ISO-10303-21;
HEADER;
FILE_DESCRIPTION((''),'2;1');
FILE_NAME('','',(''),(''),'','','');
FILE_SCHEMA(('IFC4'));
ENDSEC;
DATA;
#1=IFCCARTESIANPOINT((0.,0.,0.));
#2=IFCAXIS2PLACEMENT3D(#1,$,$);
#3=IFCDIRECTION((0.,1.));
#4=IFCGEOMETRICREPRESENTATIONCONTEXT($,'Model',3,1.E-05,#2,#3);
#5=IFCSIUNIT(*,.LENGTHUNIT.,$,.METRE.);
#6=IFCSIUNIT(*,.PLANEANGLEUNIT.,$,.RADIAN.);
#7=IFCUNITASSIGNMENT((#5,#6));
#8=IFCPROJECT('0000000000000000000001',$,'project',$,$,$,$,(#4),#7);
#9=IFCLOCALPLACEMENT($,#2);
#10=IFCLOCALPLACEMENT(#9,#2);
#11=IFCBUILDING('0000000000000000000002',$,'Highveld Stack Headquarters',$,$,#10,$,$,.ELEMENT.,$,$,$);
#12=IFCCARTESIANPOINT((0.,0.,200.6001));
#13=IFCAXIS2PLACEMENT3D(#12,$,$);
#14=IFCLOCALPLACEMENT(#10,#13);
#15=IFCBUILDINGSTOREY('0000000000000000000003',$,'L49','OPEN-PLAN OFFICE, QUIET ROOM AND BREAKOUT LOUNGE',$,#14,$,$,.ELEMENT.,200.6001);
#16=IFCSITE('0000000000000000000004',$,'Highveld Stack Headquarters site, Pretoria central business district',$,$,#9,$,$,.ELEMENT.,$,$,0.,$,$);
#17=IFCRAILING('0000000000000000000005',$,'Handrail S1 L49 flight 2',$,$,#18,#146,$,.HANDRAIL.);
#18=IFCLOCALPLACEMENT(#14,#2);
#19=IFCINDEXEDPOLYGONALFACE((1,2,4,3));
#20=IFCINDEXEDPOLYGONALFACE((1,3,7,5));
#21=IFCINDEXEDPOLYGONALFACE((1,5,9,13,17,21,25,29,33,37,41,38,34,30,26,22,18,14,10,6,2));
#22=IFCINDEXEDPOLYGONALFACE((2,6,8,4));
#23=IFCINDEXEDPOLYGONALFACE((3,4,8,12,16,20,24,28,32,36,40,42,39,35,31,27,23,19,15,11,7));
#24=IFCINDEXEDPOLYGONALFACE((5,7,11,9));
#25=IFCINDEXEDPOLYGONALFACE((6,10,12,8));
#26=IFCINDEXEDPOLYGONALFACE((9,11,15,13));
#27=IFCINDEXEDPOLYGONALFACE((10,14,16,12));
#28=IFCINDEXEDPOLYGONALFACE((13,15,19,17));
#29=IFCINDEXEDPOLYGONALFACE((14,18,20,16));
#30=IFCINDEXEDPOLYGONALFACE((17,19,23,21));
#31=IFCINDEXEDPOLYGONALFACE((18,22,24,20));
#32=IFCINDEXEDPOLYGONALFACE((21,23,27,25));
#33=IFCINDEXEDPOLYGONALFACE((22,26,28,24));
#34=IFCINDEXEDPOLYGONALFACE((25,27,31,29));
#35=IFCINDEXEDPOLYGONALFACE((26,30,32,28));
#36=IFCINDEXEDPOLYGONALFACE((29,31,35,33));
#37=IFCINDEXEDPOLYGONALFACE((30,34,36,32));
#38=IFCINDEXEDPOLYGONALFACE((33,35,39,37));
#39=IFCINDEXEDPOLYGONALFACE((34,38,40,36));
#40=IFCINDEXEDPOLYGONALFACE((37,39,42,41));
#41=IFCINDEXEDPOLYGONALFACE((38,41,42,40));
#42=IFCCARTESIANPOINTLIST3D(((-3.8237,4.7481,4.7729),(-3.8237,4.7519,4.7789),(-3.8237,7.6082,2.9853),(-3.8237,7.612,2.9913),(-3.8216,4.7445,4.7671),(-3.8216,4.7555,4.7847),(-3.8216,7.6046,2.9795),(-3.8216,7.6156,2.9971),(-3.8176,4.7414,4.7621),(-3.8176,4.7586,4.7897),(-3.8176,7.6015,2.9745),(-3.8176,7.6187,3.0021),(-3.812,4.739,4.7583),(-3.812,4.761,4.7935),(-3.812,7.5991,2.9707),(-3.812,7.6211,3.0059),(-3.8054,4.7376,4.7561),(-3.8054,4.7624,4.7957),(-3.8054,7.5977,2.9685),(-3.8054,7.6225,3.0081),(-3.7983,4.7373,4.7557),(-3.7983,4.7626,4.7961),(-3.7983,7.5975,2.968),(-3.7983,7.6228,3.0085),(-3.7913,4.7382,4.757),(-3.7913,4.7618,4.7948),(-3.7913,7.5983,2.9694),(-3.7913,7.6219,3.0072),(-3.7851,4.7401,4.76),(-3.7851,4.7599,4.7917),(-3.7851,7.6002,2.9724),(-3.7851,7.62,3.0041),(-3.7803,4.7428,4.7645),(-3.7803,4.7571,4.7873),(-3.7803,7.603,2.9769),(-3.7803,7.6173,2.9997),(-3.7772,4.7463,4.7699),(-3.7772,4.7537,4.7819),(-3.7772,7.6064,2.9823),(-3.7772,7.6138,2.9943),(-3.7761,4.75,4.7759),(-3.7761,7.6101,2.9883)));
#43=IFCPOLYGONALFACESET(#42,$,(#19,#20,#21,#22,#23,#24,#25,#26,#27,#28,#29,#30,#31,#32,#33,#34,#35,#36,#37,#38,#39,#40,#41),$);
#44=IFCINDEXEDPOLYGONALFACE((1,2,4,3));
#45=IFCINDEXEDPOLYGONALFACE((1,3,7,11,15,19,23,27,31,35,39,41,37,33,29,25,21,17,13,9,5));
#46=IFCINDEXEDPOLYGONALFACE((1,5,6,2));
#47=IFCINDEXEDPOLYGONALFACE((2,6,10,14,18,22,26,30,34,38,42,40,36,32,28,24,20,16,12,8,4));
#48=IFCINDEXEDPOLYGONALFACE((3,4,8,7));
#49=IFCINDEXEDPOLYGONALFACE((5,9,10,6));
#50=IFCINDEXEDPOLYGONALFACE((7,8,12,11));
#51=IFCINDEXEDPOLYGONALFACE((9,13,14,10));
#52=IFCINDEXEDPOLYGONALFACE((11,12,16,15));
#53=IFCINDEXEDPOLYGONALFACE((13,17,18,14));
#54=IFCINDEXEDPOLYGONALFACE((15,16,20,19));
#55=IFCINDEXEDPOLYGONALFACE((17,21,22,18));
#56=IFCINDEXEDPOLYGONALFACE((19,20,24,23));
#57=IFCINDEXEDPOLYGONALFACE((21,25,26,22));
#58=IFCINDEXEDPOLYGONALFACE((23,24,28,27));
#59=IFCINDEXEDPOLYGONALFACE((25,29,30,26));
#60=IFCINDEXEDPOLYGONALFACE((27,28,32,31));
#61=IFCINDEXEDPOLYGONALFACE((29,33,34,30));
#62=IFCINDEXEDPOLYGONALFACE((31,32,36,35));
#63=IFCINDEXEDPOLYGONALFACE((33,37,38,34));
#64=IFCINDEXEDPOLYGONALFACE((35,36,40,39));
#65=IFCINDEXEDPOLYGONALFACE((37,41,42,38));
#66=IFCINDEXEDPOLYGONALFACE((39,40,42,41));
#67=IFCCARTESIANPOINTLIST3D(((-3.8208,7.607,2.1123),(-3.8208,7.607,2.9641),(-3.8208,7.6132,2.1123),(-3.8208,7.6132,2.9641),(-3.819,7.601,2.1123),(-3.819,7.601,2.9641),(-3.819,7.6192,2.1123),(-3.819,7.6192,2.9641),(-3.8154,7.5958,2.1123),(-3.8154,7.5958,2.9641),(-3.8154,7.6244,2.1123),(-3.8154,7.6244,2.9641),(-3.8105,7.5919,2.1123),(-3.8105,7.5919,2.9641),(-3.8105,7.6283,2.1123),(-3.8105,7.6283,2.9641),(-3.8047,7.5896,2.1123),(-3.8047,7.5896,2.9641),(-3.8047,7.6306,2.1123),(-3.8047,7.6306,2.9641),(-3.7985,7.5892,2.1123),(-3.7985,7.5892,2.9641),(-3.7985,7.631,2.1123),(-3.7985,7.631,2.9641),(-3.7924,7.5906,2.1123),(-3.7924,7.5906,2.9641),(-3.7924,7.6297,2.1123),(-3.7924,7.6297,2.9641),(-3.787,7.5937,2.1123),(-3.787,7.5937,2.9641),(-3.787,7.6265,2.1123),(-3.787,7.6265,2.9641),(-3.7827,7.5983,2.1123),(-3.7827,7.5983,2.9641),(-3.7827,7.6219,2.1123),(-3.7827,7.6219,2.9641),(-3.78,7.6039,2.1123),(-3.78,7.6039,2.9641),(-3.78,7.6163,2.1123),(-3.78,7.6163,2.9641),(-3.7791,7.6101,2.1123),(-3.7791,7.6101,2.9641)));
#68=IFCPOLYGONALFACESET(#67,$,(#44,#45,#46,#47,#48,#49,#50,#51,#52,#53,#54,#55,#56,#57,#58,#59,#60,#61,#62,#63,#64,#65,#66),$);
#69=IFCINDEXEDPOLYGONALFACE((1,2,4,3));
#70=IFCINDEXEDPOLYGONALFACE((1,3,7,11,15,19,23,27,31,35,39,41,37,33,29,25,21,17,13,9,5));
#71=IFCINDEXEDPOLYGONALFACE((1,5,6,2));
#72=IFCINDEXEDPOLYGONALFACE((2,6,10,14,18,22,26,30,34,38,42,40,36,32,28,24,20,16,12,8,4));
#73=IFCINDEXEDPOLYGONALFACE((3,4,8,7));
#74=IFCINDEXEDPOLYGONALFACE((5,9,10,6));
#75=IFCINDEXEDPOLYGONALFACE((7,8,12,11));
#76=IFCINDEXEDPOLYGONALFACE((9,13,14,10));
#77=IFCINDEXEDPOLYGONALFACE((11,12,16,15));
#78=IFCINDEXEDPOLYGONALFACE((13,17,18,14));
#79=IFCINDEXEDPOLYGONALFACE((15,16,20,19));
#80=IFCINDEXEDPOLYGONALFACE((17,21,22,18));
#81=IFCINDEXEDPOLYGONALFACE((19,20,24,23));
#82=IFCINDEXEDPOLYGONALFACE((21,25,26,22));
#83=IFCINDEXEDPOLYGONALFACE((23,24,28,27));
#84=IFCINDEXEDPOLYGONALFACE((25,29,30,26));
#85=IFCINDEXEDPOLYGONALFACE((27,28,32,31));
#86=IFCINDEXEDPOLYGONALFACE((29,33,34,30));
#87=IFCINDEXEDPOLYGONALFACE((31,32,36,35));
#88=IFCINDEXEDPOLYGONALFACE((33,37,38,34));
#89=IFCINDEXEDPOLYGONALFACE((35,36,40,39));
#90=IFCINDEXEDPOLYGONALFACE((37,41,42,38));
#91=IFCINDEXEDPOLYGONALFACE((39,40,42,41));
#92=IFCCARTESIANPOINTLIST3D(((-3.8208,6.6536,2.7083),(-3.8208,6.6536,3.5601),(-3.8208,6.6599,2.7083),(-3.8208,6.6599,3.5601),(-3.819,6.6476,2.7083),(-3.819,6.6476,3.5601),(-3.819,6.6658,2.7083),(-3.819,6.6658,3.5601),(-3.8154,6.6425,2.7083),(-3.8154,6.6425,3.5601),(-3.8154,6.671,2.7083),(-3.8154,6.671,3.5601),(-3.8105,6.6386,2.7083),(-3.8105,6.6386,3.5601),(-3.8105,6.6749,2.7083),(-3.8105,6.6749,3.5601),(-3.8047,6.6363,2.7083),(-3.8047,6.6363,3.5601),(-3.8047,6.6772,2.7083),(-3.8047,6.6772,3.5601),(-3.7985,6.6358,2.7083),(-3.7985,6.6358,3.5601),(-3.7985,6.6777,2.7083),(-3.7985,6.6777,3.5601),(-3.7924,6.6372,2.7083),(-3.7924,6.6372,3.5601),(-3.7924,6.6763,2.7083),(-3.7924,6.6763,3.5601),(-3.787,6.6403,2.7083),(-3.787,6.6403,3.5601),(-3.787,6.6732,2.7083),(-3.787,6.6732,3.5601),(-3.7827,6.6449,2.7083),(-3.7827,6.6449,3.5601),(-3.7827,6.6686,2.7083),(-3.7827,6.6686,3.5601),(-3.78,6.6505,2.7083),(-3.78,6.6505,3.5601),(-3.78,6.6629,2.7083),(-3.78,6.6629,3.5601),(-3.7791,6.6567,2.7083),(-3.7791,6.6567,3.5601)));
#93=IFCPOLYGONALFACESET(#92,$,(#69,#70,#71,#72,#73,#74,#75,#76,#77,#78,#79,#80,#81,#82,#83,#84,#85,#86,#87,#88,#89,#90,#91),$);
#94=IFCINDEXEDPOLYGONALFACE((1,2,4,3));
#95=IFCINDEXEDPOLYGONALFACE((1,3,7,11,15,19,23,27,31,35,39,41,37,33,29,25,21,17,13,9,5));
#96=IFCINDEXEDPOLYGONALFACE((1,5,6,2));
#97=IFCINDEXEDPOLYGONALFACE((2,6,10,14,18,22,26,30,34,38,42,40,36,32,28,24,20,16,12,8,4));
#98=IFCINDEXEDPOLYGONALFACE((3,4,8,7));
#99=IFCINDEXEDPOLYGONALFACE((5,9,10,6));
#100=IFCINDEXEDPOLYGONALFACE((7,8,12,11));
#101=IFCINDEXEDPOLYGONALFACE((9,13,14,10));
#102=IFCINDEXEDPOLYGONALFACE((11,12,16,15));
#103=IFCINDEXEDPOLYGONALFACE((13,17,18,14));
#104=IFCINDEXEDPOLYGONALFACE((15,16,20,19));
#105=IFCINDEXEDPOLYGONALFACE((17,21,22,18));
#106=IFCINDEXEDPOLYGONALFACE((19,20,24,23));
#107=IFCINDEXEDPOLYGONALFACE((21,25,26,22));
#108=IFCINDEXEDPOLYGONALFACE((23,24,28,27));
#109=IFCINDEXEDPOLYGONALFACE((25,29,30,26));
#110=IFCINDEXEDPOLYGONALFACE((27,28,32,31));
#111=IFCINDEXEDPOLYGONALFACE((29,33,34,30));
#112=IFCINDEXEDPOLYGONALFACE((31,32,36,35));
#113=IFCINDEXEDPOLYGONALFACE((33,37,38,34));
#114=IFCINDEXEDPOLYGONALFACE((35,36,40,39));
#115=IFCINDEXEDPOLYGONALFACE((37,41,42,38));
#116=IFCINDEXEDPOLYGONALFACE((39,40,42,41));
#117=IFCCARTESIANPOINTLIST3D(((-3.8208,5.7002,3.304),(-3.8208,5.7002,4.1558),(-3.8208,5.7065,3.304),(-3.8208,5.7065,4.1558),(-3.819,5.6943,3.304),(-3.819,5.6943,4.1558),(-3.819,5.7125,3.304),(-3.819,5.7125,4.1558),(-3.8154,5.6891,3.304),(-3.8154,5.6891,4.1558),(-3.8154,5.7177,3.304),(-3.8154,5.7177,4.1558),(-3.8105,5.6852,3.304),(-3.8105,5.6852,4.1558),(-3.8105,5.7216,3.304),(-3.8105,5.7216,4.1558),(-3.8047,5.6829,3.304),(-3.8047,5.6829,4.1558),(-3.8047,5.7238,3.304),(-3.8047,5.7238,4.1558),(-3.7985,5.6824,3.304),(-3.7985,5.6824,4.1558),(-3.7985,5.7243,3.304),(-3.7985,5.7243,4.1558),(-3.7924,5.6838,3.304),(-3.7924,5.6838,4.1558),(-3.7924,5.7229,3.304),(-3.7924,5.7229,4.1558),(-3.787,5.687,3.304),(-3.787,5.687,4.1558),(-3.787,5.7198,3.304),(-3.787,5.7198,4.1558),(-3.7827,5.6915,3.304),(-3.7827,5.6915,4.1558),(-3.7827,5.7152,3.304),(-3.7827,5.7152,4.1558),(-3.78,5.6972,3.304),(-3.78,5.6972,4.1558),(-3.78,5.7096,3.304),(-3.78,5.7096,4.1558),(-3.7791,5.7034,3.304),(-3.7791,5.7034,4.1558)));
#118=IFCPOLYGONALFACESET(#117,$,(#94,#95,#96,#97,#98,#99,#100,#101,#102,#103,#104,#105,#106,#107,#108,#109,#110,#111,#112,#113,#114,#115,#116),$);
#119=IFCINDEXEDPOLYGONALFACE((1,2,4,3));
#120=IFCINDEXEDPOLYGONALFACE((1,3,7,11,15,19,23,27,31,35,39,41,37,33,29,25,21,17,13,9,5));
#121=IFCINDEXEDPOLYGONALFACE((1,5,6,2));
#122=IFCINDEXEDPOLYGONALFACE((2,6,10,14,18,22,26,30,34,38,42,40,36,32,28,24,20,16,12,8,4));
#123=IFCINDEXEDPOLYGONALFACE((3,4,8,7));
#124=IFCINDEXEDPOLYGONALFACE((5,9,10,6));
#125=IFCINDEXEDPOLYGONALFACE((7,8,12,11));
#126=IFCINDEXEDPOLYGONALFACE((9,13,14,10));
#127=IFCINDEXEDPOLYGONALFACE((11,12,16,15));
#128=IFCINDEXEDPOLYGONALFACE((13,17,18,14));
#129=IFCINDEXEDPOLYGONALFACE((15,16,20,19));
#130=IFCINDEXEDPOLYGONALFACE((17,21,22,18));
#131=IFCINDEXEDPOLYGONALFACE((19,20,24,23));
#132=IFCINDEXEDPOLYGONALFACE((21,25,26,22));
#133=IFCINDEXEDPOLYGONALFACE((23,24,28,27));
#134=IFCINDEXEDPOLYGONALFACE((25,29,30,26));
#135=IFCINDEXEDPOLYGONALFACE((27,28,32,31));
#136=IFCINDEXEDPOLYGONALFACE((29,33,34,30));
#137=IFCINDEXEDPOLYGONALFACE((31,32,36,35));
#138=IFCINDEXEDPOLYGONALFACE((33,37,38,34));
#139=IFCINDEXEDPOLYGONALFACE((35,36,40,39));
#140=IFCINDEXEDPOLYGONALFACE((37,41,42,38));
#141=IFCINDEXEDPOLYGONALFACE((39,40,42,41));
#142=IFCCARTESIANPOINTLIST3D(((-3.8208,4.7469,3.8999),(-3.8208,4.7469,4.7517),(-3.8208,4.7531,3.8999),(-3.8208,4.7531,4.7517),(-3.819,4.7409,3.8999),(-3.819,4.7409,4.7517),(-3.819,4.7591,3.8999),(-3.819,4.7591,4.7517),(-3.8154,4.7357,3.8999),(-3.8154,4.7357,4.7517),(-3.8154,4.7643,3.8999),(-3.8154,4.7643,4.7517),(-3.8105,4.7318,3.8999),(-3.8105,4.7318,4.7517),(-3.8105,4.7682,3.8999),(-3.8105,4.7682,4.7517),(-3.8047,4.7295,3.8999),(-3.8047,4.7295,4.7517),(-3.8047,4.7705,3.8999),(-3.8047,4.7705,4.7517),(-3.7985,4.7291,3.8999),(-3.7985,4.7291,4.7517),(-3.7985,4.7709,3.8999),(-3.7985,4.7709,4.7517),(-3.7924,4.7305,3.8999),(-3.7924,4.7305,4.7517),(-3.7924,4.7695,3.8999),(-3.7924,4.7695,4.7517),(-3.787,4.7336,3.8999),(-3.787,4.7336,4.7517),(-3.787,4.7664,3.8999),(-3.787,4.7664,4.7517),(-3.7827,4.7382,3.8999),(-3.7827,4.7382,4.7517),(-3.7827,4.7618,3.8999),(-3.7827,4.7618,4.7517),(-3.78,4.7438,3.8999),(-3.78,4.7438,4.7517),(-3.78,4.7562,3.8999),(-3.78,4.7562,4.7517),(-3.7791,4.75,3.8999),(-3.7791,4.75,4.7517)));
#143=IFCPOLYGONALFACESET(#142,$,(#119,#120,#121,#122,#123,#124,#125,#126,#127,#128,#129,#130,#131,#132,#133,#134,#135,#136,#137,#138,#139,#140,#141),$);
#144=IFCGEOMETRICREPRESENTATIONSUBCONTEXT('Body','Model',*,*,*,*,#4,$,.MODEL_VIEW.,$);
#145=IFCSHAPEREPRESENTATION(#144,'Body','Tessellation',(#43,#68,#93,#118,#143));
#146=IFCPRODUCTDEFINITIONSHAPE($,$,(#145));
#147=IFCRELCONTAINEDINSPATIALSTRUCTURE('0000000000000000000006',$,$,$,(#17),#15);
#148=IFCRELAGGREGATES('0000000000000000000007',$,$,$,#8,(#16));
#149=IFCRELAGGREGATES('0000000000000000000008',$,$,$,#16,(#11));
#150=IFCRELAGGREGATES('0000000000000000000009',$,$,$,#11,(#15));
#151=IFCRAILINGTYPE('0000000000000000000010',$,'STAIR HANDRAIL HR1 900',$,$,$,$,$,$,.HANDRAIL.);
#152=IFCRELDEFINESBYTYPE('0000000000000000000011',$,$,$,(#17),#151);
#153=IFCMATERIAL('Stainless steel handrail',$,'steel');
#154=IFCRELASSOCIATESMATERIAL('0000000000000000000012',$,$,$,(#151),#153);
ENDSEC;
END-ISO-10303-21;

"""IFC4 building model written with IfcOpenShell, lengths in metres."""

from ifc_helpers import new_model, si_unit, direction, frame, origin, origin_2d, place, context, subcontext, project, spatial, circle, extrude, material, type_object, element, save


model = new_model("IFC4")

# Units and contexts
model_context = context("Model", 3, precision=1e-05, world=origin(), true_north=direction((0.0, 1.0)))
body_context = subcontext(model_context, "Body", "Model", "MODEL_VIEW")
ifc_project = project(units=[si_unit("LENGTHUNIT", "METRE"), si_unit("PLANEANGLEUNIT", "RADIAN")], contexts=[model_context])

# Site, building, storey
site_placement = place(None, origin())
site = spatial("IfcSite", under=ifc_project, at=site_placement, Name="Highveld Stack Headquarters site, Pretoria central business district", CompositionType="ELEMENT", RefElevation=0.0)
building_placement = place(site_placement, origin())
building = spatial("IfcBuilding", under=site, at=building_placement, Name="Highveld Stack Headquarters", CompositionType="ELEMENT")
storey_placement = place(building_placement, frame((0.0, 0.0, 200.6001)))
storey = spatial("IfcBuildingStorey", under=building, at=storey_placement, Name="L49", Description="OPEN-PLAN OFFICE, QUIET ROOM AND BREAKOUT LOUNGE", CompositionType="ELEMENT", Elevation=200.6001)

# Railing
ifc_material_1 = material(Name="Stainless steel handrail", Category="steel")
railing_type = type_object("IfcRailingType", Name="STAIR HANDRAIL HR1 900", PredefinedType="HANDRAIL", material=ifc_material_1)
for number, where, name in (
    (1, (-3.8, 7.6101, 2.1123), "Handrail S1 L49 flight 2"),
):
    element("IfcRailing", number, at=place(storey_placement, frame(where)), inside=storey, type_object=railing_type, Name=name, PredefinedType="HANDRAIL", context=body_context, shape_type="SweptSolid", body=[
        extrude(circle(Radius=0.0239, at=origin_2d()), frame((0.0, 0.0, 0.876), z_axis=(0.0, -0.847994, 0.530005), x_axis=(1.0, 0.0, 0.0)), (0.0, 0.0, 1.0), 3.3728),
        extrude(circle(Radius=0.021, at=origin_2d()), origin(), (0.0, 0.0, 1.0), 0.8518),
        extrude(circle(Radius=0.021, at=origin_2d()), frame((0.0, -0.9534, 0.5959)), (0.0, 0.0, 1.0), 0.8518),
        extrude(circle(Radius=0.021, at=origin_2d()), frame((0.0, -1.9067, 1.1917)), (0.0, 0.0, 1.0), 0.8518),
        extrude(circle(Radius=0.021, at=origin_2d()), frame((0.0, -2.8601, 1.7876)), (0.0, 0.0, 1.0), 0.8518),
    ])

save(model, "model.ifc")
